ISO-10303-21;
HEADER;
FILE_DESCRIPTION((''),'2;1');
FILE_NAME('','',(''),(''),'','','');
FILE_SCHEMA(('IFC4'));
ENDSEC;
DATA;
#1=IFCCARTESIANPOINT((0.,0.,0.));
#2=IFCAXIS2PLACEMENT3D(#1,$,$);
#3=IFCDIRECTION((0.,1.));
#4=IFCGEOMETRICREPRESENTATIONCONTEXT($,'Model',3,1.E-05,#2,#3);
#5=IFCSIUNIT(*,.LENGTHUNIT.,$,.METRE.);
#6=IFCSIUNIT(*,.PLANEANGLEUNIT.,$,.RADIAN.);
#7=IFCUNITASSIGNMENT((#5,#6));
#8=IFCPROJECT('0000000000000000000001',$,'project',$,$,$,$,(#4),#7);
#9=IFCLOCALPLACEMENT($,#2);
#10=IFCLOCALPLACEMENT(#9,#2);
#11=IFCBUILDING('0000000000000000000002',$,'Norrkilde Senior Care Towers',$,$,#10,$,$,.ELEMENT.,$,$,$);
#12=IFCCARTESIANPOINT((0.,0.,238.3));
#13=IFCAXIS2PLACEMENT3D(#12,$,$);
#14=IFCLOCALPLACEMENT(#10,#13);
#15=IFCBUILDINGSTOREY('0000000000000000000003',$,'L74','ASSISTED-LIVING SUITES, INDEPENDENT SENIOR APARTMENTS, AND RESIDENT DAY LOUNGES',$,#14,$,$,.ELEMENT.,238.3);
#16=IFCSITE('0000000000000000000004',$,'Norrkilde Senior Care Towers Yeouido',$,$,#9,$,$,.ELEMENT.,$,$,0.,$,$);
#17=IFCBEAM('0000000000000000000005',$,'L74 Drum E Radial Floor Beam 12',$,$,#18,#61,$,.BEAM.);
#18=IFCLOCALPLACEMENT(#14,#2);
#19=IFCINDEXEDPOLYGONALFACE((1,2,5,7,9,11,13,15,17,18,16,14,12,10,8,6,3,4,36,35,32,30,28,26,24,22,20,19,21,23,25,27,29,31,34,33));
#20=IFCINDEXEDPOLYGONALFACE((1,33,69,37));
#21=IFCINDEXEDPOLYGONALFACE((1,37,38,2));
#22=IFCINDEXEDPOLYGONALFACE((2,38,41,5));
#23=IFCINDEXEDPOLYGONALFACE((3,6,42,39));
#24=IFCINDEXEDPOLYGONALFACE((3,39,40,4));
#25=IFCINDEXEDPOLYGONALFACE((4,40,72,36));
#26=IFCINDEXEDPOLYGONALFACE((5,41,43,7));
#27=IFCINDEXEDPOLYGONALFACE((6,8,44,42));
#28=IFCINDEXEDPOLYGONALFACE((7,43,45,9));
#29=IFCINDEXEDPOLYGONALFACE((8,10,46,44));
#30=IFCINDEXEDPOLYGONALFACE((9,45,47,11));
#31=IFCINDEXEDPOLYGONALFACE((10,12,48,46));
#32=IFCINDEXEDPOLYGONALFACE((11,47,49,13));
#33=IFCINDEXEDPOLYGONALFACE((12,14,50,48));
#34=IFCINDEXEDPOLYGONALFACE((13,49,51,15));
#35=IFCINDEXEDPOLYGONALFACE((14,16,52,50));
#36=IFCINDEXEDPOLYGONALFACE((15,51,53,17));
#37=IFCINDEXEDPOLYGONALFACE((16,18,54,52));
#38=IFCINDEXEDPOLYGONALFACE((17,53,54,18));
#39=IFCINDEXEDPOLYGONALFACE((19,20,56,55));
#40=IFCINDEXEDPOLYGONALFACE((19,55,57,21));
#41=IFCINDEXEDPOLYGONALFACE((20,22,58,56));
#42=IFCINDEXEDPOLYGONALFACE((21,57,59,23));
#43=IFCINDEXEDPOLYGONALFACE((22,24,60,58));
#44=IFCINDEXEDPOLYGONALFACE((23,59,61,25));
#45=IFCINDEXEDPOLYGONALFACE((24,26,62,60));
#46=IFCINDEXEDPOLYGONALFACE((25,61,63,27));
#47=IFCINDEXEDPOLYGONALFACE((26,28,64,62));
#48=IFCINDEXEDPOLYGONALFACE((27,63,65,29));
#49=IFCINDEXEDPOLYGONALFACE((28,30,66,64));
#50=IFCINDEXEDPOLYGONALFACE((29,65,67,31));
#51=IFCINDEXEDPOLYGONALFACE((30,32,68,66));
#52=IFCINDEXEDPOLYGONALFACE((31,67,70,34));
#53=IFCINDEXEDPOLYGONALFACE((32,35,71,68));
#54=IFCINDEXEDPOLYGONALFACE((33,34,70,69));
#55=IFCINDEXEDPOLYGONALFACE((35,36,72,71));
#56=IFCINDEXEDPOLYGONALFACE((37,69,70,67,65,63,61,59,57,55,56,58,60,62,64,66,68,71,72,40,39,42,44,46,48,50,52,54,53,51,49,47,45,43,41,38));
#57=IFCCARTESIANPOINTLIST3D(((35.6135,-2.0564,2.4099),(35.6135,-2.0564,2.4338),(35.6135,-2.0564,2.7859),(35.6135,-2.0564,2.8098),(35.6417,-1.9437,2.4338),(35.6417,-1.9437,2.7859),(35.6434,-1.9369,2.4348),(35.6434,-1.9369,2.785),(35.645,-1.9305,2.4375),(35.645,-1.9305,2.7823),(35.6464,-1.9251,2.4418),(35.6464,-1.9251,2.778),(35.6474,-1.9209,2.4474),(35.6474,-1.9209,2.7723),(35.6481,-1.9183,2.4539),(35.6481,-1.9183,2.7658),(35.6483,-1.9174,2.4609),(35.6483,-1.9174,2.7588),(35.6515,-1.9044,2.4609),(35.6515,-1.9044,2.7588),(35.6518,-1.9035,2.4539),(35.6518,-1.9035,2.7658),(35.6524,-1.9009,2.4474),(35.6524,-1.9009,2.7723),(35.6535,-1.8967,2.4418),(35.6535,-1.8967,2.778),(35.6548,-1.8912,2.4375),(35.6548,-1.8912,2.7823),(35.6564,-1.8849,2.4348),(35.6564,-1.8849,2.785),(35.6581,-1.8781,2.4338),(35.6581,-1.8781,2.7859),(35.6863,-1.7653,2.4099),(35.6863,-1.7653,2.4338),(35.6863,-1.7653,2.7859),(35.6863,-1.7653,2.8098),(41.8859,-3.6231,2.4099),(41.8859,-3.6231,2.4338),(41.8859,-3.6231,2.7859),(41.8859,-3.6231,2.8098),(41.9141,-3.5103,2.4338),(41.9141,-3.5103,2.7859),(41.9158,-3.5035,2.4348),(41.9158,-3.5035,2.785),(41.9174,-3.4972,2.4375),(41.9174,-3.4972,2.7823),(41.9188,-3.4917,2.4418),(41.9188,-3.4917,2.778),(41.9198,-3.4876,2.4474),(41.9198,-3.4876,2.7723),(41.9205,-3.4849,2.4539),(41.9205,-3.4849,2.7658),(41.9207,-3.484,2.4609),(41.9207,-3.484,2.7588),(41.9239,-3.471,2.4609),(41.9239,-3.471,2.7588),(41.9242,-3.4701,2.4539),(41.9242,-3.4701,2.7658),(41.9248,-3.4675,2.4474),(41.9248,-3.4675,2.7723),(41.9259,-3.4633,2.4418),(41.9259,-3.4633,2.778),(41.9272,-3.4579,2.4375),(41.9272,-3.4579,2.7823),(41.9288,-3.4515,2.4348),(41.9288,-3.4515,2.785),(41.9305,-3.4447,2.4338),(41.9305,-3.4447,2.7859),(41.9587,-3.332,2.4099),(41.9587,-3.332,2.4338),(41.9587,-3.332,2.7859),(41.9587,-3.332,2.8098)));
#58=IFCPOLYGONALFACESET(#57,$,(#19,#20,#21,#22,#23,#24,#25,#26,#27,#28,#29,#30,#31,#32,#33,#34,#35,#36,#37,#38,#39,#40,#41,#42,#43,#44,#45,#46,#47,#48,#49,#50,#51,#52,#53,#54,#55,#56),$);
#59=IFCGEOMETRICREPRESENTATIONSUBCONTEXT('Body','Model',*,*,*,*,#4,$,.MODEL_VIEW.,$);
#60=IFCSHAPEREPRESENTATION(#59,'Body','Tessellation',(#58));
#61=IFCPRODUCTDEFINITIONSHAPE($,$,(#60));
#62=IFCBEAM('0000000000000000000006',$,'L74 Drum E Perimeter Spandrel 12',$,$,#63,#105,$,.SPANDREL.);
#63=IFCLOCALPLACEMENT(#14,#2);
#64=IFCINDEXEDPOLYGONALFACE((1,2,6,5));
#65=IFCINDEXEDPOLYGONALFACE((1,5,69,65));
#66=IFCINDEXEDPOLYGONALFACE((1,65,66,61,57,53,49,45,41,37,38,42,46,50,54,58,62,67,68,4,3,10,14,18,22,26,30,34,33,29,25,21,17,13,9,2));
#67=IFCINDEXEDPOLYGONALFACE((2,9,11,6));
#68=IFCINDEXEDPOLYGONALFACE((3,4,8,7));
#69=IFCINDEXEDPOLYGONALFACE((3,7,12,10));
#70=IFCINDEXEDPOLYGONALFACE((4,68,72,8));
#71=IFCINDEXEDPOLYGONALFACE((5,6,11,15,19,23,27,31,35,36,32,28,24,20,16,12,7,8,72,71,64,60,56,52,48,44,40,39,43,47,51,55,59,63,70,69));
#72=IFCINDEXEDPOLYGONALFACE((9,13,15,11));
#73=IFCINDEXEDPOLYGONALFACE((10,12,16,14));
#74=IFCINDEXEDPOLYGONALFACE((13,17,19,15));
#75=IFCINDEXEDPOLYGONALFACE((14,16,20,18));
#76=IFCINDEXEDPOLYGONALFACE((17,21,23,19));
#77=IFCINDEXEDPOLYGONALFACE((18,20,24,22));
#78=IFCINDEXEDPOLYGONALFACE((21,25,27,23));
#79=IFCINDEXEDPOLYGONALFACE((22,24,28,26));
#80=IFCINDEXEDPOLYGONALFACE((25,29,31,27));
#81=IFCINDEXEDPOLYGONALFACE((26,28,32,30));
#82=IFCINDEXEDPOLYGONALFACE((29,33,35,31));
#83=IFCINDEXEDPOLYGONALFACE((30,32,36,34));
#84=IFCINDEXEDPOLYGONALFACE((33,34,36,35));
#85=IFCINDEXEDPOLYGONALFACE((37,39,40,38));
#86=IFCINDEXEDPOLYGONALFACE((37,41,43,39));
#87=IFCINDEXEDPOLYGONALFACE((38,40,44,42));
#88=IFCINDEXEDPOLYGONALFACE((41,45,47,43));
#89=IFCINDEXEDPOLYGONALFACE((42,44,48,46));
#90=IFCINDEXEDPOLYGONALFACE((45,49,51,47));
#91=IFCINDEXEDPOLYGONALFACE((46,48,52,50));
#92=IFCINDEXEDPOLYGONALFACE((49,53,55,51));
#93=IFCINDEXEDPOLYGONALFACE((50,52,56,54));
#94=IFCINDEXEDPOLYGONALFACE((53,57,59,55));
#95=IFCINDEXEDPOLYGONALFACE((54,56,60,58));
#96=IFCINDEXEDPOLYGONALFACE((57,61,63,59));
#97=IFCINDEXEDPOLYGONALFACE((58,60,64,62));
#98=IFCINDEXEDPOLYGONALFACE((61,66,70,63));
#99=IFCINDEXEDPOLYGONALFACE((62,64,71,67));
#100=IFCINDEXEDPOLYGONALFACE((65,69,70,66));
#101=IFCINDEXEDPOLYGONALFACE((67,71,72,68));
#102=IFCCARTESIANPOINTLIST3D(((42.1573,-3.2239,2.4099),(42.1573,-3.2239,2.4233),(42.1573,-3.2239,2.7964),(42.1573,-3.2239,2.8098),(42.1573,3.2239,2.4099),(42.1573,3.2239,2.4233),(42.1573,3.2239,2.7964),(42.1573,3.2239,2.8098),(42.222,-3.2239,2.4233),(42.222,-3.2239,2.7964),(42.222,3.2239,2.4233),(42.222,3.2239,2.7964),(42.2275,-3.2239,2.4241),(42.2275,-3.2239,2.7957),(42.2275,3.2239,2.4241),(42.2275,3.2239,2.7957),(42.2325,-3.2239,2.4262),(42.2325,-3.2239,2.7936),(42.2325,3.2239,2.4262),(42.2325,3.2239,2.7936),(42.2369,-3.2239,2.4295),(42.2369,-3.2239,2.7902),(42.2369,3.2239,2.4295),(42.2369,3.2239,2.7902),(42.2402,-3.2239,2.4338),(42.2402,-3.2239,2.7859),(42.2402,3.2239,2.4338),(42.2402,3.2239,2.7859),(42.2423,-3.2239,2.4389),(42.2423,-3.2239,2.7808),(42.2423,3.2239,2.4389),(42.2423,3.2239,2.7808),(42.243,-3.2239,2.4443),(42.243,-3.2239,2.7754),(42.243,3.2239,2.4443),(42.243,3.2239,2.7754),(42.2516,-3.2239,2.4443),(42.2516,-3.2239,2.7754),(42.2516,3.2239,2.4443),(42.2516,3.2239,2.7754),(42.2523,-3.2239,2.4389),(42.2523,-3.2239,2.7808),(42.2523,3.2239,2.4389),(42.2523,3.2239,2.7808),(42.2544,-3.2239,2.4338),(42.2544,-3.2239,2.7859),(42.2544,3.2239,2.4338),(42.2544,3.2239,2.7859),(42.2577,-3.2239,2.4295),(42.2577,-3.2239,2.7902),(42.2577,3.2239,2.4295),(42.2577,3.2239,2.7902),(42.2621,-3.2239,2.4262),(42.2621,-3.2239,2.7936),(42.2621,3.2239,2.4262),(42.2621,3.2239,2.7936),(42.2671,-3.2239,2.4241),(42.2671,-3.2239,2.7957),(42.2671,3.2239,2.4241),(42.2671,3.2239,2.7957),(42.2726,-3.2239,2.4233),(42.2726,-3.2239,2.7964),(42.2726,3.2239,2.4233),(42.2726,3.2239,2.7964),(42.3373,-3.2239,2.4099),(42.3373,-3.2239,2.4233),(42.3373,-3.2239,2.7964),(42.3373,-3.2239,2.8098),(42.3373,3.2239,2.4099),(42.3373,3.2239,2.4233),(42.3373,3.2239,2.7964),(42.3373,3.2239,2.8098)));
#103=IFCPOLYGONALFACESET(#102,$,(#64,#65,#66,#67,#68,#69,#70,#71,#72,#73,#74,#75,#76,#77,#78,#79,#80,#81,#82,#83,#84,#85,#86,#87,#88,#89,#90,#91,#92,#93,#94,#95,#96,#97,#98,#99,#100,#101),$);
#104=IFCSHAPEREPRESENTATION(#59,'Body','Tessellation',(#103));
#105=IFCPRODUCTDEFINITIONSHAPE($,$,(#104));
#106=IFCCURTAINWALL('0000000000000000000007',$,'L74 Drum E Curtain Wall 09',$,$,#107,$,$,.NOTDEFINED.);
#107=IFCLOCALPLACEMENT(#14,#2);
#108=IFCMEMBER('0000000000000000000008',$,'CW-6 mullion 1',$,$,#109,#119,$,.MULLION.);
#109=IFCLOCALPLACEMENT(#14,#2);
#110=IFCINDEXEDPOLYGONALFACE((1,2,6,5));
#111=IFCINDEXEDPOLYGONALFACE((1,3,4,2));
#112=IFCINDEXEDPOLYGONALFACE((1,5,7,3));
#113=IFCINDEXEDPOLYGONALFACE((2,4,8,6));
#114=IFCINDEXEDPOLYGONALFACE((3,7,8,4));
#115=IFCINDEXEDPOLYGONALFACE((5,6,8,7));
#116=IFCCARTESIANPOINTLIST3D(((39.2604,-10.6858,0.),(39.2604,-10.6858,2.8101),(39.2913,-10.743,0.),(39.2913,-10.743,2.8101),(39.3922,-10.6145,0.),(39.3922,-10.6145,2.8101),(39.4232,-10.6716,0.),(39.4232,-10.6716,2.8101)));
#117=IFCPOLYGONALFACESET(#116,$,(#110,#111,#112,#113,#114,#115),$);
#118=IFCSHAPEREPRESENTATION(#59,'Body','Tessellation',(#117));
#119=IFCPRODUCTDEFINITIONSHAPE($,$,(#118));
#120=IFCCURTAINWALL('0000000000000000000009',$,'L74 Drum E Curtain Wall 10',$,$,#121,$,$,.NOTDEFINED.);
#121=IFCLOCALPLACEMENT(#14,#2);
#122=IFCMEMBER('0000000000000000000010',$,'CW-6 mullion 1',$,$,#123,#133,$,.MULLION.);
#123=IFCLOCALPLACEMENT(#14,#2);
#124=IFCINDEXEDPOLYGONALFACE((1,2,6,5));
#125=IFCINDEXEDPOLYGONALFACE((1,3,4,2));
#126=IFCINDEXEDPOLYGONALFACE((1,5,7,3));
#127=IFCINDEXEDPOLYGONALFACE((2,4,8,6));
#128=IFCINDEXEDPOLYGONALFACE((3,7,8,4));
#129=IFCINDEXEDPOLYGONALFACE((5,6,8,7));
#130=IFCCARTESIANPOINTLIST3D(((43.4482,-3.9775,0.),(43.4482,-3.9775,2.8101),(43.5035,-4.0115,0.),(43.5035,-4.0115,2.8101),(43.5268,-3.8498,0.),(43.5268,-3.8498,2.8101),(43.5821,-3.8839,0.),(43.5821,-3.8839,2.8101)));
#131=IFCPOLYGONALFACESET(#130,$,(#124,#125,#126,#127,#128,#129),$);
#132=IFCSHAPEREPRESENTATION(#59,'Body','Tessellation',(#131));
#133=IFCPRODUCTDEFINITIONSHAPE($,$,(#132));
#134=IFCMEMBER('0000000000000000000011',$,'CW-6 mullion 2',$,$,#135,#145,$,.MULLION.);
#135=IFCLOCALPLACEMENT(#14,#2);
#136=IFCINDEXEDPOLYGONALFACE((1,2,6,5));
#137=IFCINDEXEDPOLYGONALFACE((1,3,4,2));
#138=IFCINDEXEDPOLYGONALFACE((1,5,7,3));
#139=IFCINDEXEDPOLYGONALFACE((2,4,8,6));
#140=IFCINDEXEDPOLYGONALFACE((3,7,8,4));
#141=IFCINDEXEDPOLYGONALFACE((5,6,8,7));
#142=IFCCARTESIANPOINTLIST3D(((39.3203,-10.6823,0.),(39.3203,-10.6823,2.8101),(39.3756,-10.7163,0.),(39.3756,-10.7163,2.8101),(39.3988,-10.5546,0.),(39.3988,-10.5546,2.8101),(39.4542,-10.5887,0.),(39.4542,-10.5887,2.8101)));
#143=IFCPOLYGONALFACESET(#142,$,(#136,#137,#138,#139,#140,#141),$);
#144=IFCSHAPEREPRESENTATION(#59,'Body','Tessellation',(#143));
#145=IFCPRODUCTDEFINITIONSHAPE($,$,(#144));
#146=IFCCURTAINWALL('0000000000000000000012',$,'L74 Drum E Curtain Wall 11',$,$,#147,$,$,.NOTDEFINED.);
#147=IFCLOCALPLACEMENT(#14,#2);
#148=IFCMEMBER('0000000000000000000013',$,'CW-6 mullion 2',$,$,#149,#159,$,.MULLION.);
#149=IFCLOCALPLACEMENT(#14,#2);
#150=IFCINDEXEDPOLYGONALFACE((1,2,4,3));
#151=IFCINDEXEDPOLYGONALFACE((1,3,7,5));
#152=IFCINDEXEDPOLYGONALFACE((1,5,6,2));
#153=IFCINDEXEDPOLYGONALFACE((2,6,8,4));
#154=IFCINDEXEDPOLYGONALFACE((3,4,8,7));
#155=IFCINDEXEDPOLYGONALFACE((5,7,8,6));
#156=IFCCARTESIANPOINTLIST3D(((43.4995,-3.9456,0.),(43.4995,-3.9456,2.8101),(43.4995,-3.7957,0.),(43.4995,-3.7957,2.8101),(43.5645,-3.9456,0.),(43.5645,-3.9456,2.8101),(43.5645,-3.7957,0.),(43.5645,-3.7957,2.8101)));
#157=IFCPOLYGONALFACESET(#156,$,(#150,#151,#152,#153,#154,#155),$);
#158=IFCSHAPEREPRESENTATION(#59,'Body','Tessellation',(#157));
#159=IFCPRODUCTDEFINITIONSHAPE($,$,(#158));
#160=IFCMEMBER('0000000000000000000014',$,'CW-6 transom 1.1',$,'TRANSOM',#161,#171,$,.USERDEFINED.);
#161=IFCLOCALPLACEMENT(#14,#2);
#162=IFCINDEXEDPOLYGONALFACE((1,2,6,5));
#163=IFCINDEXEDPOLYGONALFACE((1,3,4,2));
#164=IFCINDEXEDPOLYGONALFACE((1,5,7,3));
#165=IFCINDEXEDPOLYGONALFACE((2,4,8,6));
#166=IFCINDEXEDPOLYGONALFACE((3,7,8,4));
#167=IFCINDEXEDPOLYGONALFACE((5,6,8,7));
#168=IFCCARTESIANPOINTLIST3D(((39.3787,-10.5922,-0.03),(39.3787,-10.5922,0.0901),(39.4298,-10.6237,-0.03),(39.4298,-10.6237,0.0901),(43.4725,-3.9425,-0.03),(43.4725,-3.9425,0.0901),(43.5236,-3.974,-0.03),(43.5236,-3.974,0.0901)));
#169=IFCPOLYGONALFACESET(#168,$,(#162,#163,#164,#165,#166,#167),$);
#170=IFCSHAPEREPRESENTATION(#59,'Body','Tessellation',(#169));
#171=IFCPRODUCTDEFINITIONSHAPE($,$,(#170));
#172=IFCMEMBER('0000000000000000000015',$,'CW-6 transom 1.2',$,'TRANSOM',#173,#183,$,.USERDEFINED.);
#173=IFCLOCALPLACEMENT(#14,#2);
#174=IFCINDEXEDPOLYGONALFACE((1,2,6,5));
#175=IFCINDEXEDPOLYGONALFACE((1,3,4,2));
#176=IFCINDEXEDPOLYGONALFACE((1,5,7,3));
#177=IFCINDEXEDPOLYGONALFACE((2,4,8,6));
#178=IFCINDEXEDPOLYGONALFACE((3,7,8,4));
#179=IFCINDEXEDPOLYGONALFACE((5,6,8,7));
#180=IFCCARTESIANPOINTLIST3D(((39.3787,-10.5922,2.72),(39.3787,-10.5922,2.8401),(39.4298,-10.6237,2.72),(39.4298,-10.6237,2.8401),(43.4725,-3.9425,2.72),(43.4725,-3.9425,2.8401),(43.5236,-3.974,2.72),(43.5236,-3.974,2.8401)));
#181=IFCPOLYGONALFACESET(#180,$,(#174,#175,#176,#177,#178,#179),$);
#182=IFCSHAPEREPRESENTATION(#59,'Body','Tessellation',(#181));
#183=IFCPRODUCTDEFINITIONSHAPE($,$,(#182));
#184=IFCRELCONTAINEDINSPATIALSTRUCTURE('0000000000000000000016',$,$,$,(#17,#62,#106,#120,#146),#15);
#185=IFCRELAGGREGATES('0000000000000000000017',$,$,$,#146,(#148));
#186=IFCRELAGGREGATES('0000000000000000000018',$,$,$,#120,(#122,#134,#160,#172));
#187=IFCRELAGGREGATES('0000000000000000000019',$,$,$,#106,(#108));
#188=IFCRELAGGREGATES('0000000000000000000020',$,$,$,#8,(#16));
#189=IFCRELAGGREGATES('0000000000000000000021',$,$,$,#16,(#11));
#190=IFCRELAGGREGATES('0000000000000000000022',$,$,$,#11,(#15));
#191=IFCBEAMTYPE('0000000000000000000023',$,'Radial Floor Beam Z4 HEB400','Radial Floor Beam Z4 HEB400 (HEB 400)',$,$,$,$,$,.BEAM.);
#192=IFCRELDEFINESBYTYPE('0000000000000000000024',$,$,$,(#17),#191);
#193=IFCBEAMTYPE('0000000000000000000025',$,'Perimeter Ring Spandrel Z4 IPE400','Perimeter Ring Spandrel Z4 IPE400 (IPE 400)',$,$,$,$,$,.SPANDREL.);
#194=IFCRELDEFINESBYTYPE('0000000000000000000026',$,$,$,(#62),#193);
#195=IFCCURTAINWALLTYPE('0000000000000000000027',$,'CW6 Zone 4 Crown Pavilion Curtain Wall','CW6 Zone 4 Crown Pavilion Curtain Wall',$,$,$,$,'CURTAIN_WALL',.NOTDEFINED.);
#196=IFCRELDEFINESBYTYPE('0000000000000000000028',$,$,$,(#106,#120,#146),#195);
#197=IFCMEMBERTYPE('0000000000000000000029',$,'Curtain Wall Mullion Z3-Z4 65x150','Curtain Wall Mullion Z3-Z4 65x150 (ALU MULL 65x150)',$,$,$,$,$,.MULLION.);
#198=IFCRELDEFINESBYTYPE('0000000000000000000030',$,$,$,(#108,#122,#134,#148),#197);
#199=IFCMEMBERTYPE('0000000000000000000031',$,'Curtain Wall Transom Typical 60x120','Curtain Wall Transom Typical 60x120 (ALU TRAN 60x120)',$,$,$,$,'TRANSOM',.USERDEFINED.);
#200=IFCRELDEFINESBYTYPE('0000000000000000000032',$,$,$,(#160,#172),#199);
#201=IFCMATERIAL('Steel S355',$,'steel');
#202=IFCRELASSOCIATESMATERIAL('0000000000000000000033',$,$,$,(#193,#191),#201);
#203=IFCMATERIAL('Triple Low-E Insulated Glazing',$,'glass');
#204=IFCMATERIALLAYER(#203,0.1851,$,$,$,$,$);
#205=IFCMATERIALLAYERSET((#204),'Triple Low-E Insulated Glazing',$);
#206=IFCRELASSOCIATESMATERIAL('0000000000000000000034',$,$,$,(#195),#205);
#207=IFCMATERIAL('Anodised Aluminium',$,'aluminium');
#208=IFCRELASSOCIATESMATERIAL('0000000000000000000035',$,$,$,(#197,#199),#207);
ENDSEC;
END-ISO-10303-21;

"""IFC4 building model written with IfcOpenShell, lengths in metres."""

from ifc_helpers import new_model, si_unit, direction, frame, origin, origin_2d, place, context, subcontext, project, spatial, rectangle, i_section, extrude, source, transform, mapped, material, layer, layer_set, material_profile, profile_set, type_object, type_shapes, element, aggregate, save


model = new_model("IFC4")

# Units and contexts
model_context = context("Model", 3, precision=1e-05, world=origin(), true_north=direction((0.0, 1.0)))
body_context = subcontext(model_context, "Body", "Model", "MODEL_VIEW")
ifc_project = project(units=[si_unit("LENGTHUNIT", "METRE"), si_unit("PLANEANGLEUNIT", "RADIAN")], contexts=[model_context])

# Site, building, storey
site_placement = place(None, origin())
site = spatial("IfcSite", under=ifc_project, at=site_placement, Name="Norrkilde Senior Care Towers Yeouido", CompositionType="ELEMENT", RefElevation=0.0)
building_placement = place(site_placement, origin())
building = spatial("IfcBuilding", under=site, at=building_placement, Name="Norrkilde Senior Care Towers", CompositionType="ELEMENT")
storey_placement = place(building_placement, frame((0.0, 0.0, 238.3)))
storey = spatial("IfcBuildingStorey", under=building, at=storey_placement, Name="L74", Description="ASSISTED-LIVING SUITES, INDEPENDENT SENIOR APARTMENTS, AND RESIDENT DAY LOUNGES", CompositionType="ELEMENT", Elevation=238.3)

# Beams
ifc_material_1 = material(Name="Steel S355", Category="steel")
ifc_material_profile_1 = material_profile(ifc_material_1, i_section(OverallWidth=0.1799, OverallDepth=0.3999, WebThickness=0.0085, FlangeThickness=0.0134, FilletRadius=0.021, at=origin_2d()), Name="IPE 400")
ifc_profile_set_1 = profile_set([ifc_material_profile_1], Name="Steel S355")
beam_type_1 = type_object("IfcBeamType", Name="Perimeter Ring Spandrel Z4 IPE400", Description="Perimeter Ring Spandrel Z4 IPE400 (IPE 400)", PredefinedType="SPANDREL", material=ifc_profile_set_1)
ifc_material_profile_2 = material_profile(ifc_material_1, i_section(OverallWidth=0.3, OverallDepth=0.3999, WebThickness=0.0134, FlangeThickness=0.0239, FilletRadius=0.0271, at=origin_2d()), Name="HEB 400")
ifc_profile_set_2 = profile_set([ifc_material_profile_2], Name="Steel S355")
beam_type_2 = type_object("IfcBeamType", Name="Radial Floor Beam Z4 HEB400", Description="Radial Floor Beam Z4 HEB400 (HEB 400)", PredefinedType="BEAM", material=ifc_profile_set_2)
shared_shape_1 = source(origin(), body_context, "Body", "SweptSolid", [
    extrude(i_section(OverallWidth=0.3, OverallDepth=0.3999, WebThickness=0.0134, FlangeThickness=0.0239, FilletRadius=0.0271, at=origin_2d()), origin(), (0.0, 0.0, 1.0), 6.4651),
])
type_shapes(beam_type_2, [shared_shape_1])
beam_1_placement = place(storey_placement, frame((35.6499, -1.9109, 2.6099), z_axis=(0.970196, -0.242322, 0.0), x_axis=(0.242322, 0.970196, 0.0)))
element("IfcBeam", 1, at=beam_1_placement, inside=storey, type_object=beam_type_2, Name="L74 Drum E Radial Floor Beam 12", PredefinedType="BEAM", context=body_context, shape_type="MappedRepresentation", body=[
    mapped(shared_shape_1, transform((0.0, 0.0, 0.0), x_axis=(1.0, 0.0, 0.0), y_axis=(0.0, 1.0, 0.0), z_axis=(0.0, 0.0, 1.0), scale=1.0)),
])
shared_shape_2 = source(origin(), body_context, "Body", "SweptSolid", [
    extrude(i_section(OverallWidth=0.1799, OverallDepth=0.3999, WebThickness=0.0085, FlangeThickness=0.0134, FilletRadius=0.021, at=origin_2d()), origin(), (0.0, 0.0, 1.0), 6.4478),
])
beam_2_placement = place(storey_placement, frame((42.2473, -3.2239, 2.6099), z_axis=(0.0, 1.0, 0.0), x_axis=(-1.0, 0.0, 0.0)))
element("IfcBeam", 2, at=beam_2_placement, inside=storey, type_object=beam_type_1, Name="L74 Drum E Perimeter Spandrel 12", PredefinedType="SPANDREL", context=body_context, shape_type="MappedRepresentation", body=[
    mapped(shared_shape_2, transform((0.0, 0.0, 0.0), x_axis=(1.0, 0.0, 0.0), y_axis=(0.0, 1.0, 0.0), z_axis=(0.0, 0.0, 1.0), scale=1.0)),
])

# Curtain wall, member
ifc_material_2 = material(Name="Triple Low-E Insulated Glazing", Category="glass")
ifc_layer_1 = layer(ifc_material_2, 0.1851)
ifc_layer_set_1 = layer_set([ifc_layer_1], Name="Triple Low-E Insulated Glazing")
curtain_wall_type = type_object("IfcCurtainWallType", Name="CW6 Zone 4 Crown Pavilion Curtain Wall", Description="CW6 Zone 4 Crown Pavilion Curtain Wall", ElementType="CURTAIN_WALL", PredefinedType="NOTDEFINED", material=ifc_layer_set_1)
curtain_wall_1_placement = place(storey_placement, origin())
curtain_wall_1 = element("IfcCurtainWall", 3, at=curtain_wall_1_placement, inside=storey, type_object=curtain_wall_type, Name="L74 Drum E Curtain Wall 09", PredefinedType="NOTDEFINED")
ifc_material_3 = material(Name="Anodised Aluminium", Category="aluminium")
ifc_material_profile_3 = material_profile(ifc_material_3, rectangle(XDim=0.0649, YDim=0.1499, at=origin_2d()), Name="ALU MULL 65x150")
ifc_profile_set_3 = profile_set([ifc_material_profile_3], Name="Anodised Aluminium")
member_type_1 = type_object("IfcMemberType", Name="Curtain Wall Mullion Z3-Z4 65x150", Description="Curtain Wall Mullion Z3-Z4 65x150 (ALU MULL 65x150)", PredefinedType="MULLION", material=ifc_profile_set_3)
shared_shape_3 = source(origin(), body_context, "Body", "SweptSolid", [
    extrude(rectangle(XDim=0.0649, YDim=0.1499, at=origin_2d()), origin(), (0.0, 0.0, 1.0), 2.8101),
])
type_shapes(member_type_1, [shared_shape_3])
member_1_placement = place(storey_placement, frame((39.3418, -10.6787, 0.0), z_axis=(0.0, 0.0, 1.0), x_axis=(0.476133, -0.879373, 0.0)))
member_1 = element("IfcMember", 4, at=member_1_placement, type_object=member_type_1, Name="CW-6 mullion 1", PredefinedType="MULLION", context=body_context, shape_type="MappedRepresentation", body=[
    mapped(shared_shape_3, transform((0.0, 0.0, 0.0), x_axis=(1.0, 0.0, 0.0), y_axis=(0.0, 1.0, 0.0), z_axis=(0.0, 0.0, 1.0), scale=1.0)),
])

# Curtain wall, members
curtain_wall_2_placement = place(storey_placement, origin())
curtain_wall_2 = element("IfcCurtainWall", 5, at=curtain_wall_2_placement, inside=storey, type_object=curtain_wall_type, Name="L74 Drum E Curtain Wall 10", PredefinedType="NOTDEFINED")
member_2_placement = place(storey_placement, frame((43.5151, -3.9307, 0.0), z_axis=(0.0, 0.0, 1.0), x_axis=(0.851563, -0.524253, 0.0)))
member_2 = element("IfcMember", 6, at=member_2_placement, type_object=member_type_1, Name="CW-6 mullion 1", PredefinedType="MULLION", context=body_context, shape_type="MappedRepresentation", body=[
    mapped(shared_shape_3, transform((0.0, 0.0, 0.0), x_axis=(1.0, 0.0, 0.0), y_axis=(0.0, 1.0, 0.0), z_axis=(0.0, 0.0, 1.0), scale=1.0)),
])
member_3_placement = place(storey_placement, frame((39.3872, -10.6355, 0.0), z_axis=(0.0, 0.0, 1.0), x_axis=(0.851563, -0.524253, 0.0)))
member_3 = element("IfcMember", 7, at=member_3_placement, type_object=member_type_1, Name="CW-6 mullion 2", PredefinedType="MULLION", context=body_context, shape_type="MappedRepresentation", body=[
    mapped(shared_shape_3, transform((0.0, 0.0, 0.0), x_axis=(1.0, 0.0, 0.0), y_axis=(0.0, 1.0, 0.0), z_axis=(0.0, 0.0, 1.0), scale=1.0)),
])

# Curtain wall, member
curtain_wall_3_placement = place(storey_placement, origin())
curtain_wall_3 = element("IfcCurtainWall", 8, at=curtain_wall_3_placement, inside=storey, type_object=curtain_wall_type, Name="L74 Drum E Curtain Wall 11", PredefinedType="NOTDEFINED")
member_4_placement = place(storey_placement, frame((43.532, -3.8706, 0.0), z_axis=(0.0, 0.0, 1.0), x_axis=(1.0, 0.0, 0.0)))
member_4 = element("IfcMember", 9, at=member_4_placement, type_object=member_type_1, Name="CW-6 mullion 2", PredefinedType="MULLION", context=body_context, shape_type="MappedRepresentation", body=[
    mapped(shared_shape_3, transform((0.0, 0.0, 0.0), x_axis=(1.0, 0.0, 0.0), y_axis=(0.0, 1.0, 0.0), z_axis=(0.0, 0.0, 1.0), scale=1.0)),
])
aggregate(curtain_wall_3, [member_4])

# Members
ifc_material_profile_4 = material_profile(ifc_material_3, rectangle(XDim=0.0601, YDim=0.1201, at=origin_2d()), Name="ALU TRAN 60x120")
ifc_profile_set_4 = profile_set([ifc_material_profile_4], Name="Anodised Aluminium")
member_type_2 = type_object("IfcMemberType", Name="Curtain Wall Transom Typical 60x120", Description="Curtain Wall Transom Typical 60x120 (ALU TRAN 60x120)", ElementType="TRANSOM", PredefinedType="USERDEFINED", material=ifc_profile_set_4)
shared_shape_4 = source(origin(), body_context, "Body", "SweptSolid", [
    extrude(rectangle(XDim=0.0601, YDim=0.1201, at=origin_2d()), origin(), (0.0, 0.0, 1.0), 7.8088),
])
member_5_placement = place(storey_placement, frame((43.498, -3.9583, 0.03), z_axis=(-0.524251, -0.851564, 0.0), x_axis=(0.851564, -0.524251, 0.0)))
member_5 = element("IfcMember", 10, at=member_5_placement, type_object=member_type_2, Name="CW-6 transom 1.1", ObjectType="TRANSOM", PredefinedType="USERDEFINED", context=body_context, shape_type="MappedRepresentation", body=[
    mapped(shared_shape_4, transform((0.0, 0.0, 0.0), x_axis=(1.0, 0.0, 0.0), y_axis=(0.0, 1.0, 0.0), z_axis=(0.0, 0.0, 1.0), scale=1.0)),
])
member_6_placement = place(storey_placement, frame((43.498, -3.9583, 2.78), z_axis=(-0.524251, -0.851564, 0.0), x_axis=(0.851564, -0.524251, 0.0)))
member_6 = element("IfcMember", 11, at=member_6_placement, type_object=member_type_2, Name="CW-6 transom 1.2", ObjectType="TRANSOM", PredefinedType="USERDEFINED", context=body_context, shape_type="MappedRepresentation", body=[
    mapped(shared_shape_4, transform((0.0, 0.0, 0.0), x_axis=(1.0, 0.0, 0.0), y_axis=(0.0, 1.0, 0.0), z_axis=(0.0, 0.0, 1.0), scale=1.0)),
])

aggregate(curtain_wall_2, [member_2, member_3, member_5, member_6])
aggregate(curtain_wall_1, [member_1])

save(model, "model.ifc")
